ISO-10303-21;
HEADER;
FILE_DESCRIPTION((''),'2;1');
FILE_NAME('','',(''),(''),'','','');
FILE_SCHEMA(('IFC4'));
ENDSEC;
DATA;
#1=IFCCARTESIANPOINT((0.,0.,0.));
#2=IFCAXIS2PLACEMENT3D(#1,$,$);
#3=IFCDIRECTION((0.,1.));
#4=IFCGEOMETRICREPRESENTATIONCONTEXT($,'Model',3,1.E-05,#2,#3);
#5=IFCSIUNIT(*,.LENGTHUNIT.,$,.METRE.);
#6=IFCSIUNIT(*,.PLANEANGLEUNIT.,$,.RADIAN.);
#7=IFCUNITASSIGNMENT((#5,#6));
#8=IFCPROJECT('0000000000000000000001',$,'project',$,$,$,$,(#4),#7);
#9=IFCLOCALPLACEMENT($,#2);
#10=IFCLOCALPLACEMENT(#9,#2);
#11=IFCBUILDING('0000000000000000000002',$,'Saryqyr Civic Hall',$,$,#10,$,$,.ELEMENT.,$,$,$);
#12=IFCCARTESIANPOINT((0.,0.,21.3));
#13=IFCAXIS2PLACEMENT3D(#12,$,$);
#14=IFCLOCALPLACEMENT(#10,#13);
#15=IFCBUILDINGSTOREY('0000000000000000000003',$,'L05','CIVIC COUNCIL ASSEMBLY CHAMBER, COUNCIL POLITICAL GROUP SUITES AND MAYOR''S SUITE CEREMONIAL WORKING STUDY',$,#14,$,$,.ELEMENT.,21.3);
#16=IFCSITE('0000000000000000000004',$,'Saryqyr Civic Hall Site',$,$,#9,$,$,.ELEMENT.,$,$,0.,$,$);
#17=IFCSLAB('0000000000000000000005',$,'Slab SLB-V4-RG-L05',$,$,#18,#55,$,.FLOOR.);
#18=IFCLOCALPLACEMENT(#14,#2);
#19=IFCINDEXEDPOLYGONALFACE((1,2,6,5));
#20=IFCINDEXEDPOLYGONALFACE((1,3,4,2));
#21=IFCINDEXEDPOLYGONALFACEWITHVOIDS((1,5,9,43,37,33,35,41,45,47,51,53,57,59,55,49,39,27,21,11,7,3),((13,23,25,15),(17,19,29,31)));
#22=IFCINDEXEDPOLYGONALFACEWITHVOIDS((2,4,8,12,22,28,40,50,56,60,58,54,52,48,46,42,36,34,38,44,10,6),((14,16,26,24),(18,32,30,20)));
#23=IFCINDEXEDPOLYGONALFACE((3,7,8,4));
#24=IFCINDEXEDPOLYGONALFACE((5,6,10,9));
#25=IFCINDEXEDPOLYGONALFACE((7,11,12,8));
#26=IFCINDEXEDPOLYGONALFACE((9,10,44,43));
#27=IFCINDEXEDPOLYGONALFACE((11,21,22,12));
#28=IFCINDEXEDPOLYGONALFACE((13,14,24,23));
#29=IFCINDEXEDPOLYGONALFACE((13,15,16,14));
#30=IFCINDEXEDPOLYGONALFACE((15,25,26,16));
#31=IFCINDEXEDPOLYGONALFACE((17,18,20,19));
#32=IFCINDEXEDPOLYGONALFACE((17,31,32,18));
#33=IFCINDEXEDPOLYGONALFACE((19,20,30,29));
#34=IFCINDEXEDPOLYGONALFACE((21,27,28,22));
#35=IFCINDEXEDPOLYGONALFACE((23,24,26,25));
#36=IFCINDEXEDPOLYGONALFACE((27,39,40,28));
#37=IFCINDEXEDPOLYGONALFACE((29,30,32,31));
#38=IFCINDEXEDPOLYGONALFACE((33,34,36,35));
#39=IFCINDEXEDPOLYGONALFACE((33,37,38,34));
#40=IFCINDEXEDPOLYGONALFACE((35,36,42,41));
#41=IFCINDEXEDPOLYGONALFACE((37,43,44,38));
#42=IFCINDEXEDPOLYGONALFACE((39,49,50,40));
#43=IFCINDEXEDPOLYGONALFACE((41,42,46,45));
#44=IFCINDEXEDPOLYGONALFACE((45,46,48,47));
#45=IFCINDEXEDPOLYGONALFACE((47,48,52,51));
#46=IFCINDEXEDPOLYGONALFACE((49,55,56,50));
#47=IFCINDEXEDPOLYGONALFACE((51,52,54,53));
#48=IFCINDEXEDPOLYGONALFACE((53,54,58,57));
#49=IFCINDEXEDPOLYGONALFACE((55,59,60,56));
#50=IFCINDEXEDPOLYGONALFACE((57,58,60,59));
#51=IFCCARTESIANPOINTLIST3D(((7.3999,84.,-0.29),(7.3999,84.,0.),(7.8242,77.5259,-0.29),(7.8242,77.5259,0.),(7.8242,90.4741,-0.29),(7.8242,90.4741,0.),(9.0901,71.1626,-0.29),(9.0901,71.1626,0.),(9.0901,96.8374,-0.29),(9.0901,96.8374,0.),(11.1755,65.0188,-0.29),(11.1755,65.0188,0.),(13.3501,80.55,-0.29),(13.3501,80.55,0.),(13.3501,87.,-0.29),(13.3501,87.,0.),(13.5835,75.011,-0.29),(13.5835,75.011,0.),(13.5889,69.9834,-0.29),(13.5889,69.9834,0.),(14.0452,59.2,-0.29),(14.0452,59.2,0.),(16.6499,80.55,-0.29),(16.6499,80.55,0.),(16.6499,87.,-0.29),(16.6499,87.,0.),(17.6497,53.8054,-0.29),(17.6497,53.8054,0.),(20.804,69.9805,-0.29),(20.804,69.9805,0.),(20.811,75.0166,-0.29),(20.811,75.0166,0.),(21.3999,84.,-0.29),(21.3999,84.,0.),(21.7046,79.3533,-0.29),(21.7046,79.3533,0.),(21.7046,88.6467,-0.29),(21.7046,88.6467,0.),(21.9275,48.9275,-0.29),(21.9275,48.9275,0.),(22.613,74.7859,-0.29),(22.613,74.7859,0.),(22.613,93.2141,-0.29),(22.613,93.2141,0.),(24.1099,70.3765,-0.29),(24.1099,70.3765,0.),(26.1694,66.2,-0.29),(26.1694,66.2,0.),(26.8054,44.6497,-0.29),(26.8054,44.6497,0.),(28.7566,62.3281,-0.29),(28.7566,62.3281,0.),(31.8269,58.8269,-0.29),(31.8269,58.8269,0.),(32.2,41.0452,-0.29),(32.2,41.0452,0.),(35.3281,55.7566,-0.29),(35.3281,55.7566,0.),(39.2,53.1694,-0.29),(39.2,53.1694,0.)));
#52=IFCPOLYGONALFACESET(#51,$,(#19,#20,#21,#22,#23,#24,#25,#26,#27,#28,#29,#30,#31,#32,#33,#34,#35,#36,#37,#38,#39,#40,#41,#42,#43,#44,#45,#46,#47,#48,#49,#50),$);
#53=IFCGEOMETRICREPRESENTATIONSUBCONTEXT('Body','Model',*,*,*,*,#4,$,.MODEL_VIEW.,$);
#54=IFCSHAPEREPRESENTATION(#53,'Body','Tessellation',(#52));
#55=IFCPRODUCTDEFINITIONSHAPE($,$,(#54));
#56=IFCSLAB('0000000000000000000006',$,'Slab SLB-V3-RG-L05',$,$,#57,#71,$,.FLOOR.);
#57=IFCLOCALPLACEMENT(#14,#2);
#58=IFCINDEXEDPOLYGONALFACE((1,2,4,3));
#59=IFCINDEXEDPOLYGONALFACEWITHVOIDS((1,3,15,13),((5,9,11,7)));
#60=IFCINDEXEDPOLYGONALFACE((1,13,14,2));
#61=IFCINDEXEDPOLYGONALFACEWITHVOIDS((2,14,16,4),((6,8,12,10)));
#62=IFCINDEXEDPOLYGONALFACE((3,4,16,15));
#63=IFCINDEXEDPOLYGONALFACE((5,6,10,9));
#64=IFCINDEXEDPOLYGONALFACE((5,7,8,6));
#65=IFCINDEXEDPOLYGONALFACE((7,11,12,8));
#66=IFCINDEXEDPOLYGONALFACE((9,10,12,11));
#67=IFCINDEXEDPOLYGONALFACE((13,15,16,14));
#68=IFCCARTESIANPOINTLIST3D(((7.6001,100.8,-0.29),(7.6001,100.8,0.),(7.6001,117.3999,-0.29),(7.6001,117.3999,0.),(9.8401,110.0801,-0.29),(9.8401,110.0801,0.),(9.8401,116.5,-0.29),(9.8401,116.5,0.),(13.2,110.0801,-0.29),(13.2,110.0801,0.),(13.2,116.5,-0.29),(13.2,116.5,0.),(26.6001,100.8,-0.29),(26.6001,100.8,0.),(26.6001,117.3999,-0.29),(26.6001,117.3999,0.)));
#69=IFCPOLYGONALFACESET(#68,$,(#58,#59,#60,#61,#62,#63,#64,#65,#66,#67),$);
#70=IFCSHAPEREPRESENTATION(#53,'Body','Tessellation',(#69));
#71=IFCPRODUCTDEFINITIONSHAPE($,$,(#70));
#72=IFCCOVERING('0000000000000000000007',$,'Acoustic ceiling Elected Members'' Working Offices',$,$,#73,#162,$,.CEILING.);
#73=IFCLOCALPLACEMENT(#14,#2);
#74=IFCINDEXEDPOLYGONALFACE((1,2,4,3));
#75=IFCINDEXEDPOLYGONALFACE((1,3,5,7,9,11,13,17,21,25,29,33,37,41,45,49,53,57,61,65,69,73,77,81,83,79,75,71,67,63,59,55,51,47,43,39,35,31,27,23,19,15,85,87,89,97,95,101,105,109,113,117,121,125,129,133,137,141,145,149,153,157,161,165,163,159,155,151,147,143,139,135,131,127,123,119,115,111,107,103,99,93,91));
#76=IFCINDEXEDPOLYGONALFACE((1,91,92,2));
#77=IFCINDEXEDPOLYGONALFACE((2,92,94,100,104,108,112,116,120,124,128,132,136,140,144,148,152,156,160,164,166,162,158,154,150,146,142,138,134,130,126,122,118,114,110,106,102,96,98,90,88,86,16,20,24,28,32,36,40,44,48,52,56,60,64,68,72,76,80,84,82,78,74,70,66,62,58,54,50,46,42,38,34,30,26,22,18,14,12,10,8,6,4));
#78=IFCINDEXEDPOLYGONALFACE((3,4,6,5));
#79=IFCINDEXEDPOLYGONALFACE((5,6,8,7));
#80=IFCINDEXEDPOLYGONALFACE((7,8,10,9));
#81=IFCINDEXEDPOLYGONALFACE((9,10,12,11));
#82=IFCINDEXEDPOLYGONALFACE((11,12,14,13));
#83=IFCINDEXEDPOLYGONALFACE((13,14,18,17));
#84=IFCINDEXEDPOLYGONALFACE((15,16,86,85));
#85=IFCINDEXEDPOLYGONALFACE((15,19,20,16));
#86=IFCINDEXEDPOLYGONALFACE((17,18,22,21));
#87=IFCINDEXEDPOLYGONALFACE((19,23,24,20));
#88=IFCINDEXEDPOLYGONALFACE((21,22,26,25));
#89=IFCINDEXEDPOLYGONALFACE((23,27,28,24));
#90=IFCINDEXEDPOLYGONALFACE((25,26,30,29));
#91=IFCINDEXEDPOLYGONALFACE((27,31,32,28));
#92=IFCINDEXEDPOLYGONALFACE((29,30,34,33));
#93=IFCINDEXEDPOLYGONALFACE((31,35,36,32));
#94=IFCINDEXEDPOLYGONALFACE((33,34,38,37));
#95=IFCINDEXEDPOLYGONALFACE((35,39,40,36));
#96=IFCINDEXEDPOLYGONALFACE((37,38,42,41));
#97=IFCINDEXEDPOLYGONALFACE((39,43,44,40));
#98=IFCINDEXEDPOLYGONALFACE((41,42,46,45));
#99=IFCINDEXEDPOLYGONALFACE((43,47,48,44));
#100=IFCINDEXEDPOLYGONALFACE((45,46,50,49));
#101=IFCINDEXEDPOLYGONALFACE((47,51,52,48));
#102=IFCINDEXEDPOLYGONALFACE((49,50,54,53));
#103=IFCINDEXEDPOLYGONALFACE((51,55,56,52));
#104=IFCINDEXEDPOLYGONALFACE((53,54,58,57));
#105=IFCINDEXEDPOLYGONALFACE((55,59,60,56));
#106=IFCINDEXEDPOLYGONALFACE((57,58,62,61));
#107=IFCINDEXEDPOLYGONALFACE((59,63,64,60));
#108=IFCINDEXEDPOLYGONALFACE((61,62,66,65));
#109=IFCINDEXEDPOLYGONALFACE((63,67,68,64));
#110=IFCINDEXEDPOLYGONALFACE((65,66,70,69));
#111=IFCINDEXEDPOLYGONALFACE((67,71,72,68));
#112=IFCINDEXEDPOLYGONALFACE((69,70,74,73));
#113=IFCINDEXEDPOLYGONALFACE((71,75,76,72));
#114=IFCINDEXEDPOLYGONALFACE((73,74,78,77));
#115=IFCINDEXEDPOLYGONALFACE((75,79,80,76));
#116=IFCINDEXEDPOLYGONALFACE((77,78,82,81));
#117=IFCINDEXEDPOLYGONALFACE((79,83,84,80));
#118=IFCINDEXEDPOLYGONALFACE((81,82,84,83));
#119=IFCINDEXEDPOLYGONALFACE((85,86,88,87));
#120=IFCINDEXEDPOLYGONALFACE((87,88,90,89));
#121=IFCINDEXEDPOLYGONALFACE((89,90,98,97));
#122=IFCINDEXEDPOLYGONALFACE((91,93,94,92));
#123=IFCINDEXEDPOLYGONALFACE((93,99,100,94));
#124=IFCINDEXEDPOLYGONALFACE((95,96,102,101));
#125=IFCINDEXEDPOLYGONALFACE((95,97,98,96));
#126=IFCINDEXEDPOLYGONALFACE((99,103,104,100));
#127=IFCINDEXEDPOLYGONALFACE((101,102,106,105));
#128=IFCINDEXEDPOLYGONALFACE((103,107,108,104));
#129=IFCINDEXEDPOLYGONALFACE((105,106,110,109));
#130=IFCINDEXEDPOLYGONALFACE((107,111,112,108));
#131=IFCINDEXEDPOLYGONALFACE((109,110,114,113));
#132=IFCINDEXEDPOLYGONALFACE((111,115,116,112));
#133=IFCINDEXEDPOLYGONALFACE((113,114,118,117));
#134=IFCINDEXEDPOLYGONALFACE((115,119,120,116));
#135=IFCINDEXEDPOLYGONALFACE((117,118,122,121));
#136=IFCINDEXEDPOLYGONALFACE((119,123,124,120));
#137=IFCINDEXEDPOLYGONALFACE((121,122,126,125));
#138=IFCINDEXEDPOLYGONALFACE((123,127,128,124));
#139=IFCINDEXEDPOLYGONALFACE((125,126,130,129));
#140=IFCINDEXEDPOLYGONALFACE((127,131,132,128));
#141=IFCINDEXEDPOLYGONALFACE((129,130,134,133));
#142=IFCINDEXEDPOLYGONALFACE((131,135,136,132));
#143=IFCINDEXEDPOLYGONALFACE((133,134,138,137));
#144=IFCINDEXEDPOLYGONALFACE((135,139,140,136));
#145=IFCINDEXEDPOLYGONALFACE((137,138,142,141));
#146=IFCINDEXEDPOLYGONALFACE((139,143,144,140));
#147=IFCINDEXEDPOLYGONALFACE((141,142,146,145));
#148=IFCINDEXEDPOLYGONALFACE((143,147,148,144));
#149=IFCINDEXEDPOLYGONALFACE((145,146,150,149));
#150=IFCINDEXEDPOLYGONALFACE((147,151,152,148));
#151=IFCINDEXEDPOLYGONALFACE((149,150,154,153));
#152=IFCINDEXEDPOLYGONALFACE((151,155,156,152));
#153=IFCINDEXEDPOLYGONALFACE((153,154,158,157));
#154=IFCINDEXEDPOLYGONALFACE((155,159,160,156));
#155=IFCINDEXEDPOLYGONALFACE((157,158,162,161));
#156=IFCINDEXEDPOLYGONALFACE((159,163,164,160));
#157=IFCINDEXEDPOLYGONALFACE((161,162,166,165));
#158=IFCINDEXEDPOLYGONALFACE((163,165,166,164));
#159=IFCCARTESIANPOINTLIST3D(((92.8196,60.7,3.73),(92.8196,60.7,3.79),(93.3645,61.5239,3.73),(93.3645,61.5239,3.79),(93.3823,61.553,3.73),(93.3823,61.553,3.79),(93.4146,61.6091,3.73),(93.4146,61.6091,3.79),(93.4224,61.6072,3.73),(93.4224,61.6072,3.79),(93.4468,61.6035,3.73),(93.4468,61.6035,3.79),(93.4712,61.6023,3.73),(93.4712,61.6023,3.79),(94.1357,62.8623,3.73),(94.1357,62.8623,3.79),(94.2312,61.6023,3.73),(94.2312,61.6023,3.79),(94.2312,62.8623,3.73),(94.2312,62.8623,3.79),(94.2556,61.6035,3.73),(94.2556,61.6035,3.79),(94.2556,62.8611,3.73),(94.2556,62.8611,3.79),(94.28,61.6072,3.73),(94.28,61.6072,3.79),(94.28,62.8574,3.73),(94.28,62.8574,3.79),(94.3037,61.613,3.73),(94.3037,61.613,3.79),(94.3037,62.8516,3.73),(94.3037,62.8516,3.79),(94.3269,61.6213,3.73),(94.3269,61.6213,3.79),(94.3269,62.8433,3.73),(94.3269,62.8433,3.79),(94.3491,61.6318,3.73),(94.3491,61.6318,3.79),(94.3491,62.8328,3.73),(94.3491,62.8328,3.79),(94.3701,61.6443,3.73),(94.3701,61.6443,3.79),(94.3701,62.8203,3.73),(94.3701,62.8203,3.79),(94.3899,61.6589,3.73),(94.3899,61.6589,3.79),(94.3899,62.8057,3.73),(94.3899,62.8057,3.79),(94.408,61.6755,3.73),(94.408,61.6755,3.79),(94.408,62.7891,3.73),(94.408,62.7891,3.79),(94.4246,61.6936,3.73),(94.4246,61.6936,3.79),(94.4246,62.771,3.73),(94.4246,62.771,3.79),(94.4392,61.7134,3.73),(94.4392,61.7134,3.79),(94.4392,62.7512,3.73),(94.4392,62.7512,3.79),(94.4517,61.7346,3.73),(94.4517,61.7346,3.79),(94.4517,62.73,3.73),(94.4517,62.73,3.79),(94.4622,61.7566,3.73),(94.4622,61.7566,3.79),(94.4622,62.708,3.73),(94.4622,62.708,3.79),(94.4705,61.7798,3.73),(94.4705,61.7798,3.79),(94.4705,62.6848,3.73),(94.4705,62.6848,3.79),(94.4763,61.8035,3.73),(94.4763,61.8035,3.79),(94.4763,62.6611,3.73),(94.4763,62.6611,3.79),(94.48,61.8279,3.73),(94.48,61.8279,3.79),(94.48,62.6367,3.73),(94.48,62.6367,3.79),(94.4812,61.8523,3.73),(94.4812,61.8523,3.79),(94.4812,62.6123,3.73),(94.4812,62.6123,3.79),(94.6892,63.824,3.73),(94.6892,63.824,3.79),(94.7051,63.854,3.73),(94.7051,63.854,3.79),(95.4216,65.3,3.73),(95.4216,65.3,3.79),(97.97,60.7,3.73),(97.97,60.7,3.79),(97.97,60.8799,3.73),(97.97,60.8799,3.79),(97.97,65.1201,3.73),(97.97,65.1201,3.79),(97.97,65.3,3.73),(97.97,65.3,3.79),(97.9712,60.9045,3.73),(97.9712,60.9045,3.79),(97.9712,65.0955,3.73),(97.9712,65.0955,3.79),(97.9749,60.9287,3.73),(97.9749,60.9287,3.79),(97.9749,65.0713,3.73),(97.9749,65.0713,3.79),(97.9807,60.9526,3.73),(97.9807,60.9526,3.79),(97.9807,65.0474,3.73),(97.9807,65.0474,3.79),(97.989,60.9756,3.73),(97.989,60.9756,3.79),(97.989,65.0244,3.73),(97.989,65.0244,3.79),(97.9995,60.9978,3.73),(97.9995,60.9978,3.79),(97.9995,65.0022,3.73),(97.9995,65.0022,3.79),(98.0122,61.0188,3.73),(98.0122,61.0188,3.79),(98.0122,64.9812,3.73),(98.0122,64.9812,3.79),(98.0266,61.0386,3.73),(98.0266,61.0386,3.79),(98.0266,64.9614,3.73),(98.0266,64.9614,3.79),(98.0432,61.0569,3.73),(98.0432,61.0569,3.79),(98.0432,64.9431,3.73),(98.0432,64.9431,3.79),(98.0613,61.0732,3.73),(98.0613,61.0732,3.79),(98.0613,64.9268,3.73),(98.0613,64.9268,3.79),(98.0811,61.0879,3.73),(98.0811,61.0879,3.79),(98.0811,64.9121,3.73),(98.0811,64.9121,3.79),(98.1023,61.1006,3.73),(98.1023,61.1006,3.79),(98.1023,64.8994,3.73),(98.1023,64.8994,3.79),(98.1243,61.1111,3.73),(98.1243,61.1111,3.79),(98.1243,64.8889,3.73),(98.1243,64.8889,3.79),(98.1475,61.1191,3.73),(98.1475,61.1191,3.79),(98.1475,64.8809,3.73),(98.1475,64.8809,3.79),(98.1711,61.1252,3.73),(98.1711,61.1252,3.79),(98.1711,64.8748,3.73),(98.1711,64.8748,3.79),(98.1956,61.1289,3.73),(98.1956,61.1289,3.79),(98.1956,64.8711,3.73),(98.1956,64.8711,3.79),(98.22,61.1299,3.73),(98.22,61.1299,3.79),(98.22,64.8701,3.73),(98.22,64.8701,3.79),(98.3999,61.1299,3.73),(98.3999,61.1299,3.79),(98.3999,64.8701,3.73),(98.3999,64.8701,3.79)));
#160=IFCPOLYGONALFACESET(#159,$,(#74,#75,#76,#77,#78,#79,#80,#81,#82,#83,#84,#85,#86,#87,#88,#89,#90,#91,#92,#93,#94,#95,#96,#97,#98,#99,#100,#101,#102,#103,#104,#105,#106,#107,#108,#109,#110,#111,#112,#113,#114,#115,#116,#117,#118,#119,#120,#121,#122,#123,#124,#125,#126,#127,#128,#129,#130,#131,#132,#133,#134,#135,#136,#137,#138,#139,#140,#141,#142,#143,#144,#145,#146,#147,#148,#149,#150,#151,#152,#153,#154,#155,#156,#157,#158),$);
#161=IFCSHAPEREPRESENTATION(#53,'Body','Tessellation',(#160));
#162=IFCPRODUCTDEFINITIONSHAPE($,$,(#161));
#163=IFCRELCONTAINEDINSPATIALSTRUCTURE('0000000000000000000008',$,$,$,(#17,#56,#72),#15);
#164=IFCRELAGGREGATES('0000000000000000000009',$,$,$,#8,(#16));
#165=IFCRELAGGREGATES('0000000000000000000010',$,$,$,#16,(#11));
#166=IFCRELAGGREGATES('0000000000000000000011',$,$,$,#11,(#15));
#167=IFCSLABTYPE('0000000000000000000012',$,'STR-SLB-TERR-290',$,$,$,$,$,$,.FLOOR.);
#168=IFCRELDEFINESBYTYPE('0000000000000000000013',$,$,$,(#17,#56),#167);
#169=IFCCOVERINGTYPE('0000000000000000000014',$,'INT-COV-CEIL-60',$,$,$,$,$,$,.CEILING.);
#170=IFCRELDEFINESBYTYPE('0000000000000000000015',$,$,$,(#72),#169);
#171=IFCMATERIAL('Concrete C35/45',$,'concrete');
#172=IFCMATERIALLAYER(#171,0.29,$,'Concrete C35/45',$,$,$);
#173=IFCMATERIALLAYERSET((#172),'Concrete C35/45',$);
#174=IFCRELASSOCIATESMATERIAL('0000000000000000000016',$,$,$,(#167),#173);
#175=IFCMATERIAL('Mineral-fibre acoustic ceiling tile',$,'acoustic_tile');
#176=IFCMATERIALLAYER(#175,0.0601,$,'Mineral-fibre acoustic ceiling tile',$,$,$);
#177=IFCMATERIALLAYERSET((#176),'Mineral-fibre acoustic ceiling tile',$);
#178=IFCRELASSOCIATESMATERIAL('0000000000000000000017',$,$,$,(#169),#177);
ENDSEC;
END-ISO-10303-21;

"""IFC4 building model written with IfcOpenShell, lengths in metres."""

from ifc_helpers import new_model, si_unit, direction, frame, origin, place, context, subcontext, project, spatial, polyline, outline, extrude, material, layer, layer_set, type_object, element, save


model = new_model("IFC4")

# Units and contexts
model_context = context("Model", 3, precision=1e-05, world=origin(), true_north=direction((0.0, 1.0)))
body_context = subcontext(model_context, "Body", "Model", "MODEL_VIEW")
ifc_project = project(units=[si_unit("LENGTHUNIT", "METRE"), si_unit("PLANEANGLEUNIT", "RADIAN")], contexts=[model_context])

# Site, building, storey
site_placement = place(None, origin())
site = spatial("IfcSite", under=ifc_project, at=site_placement, Name="Saryqyr Civic Hall Site", CompositionType="ELEMENT", RefElevation=0.0)
building_placement = place(site_placement, origin())
building = spatial("IfcBuilding", under=site, at=building_placement, Name="Saryqyr Civic Hall", CompositionType="ELEMENT")
storey_placement = place(building_placement, frame((0.0, 0.0, 21.3)))
storey = spatial("IfcBuildingStorey", under=building, at=storey_placement, Name="L05", Description="CIVIC COUNCIL ASSEMBLY CHAMBER, COUNCIL POLITICAL GROUP SUITES AND MAYOR'S SUITE CEREMONIAL WORKING STUDY", CompositionType="ELEMENT", Elevation=21.3)

# Shared definitions
ifc_material_1 = material(Name="Concrete C35/45", Category="concrete")

# Slabs
ifc_layer_1 = layer(ifc_material_1, 0.29, Name="Concrete C35/45")
ifc_layer_set_1 = layer_set([ifc_layer_1], Name="Concrete C35/45")
slab_type_1 = type_object("IfcSlabType", Name="STR-SLB-TERR-290", PredefinedType="FLOOR", material=ifc_layer_set_1)
slab_1_placement = place(storey_placement, frame((0.0, 0.0, -0.29)))
element("IfcSlab", 1, at=slab_1_placement, inside=storey, type_object=slab_type_1, Name="Slab SLB-V4-RG-L05", PredefinedType="FLOOR", context=body_context, shape_type="SweptSolid", body=[
    extrude(outline(polyline([(39.2, 53.1694), (32.2, 41.0452), (26.8054, 44.6497), (21.9275, 48.9275), (17.6497, 53.8054), (14.0452, 59.2), (11.1755, 65.0188), (9.0901, 71.1626), (7.8242, 77.5259), (7.3999, 84.0), (7.8242, 90.4741), (9.0901, 96.8374), (22.613, 93.2141), (21.7046, 88.6467), (21.3999, 84.0), (21.7046, 79.3533), (22.613, 74.7859), (24.1099, 70.3765), (26.1694, 66.2), (28.7566, 62.3281), (31.8269, 58.8269), (35.3281, 55.7566), (39.2, 53.1694)]), holes=[polyline([(20.804, 69.9805), (20.811, 75.0166), (13.5835, 75.011), (13.5889, 69.9834), (20.804, 69.9805)]), polyline([(13.3501, 87.0), (13.3501, 80.55), (16.6499, 80.55), (16.6499, 87.0), (13.3501, 87.0)])]), origin(), (0.0, 0.0, 1.0), 0.29),
])
slab_2_placement = place(storey_placement, frame((0.0, 0.0, -0.29)))
element("IfcSlab", 2, at=slab_2_placement, inside=storey, type_object=slab_type_1, Name="Slab SLB-V3-RG-L05", PredefinedType="FLOOR", context=body_context, shape_type="SweptSolid", body=[
    extrude(outline(polyline([(7.6001, 117.3999), (26.6001, 117.3999), (26.6001, 100.8), (7.6001, 100.8), (7.6001, 117.3999)]), holes=[polyline([(9.8401, 116.5), (9.8401, 110.0801), (13.2, 110.0801), (13.2, 116.5), (9.8401, 116.5)])]), origin(), (0.0, 0.0, 1.0), 0.29),
])

# Covering
ifc_material_2 = material(Name="Mineral-fibre acoustic ceiling tile", Category="acoustic_tile")
ifc_layer_2 = layer(ifc_material_2, 0.0601, Name="Mineral-fibre acoustic ceiling tile")
ifc_layer_set_2 = layer_set([ifc_layer_2], Name="Mineral-fibre acoustic ceiling tile")
covering_type_1 = type_object("IfcCoveringType", Name="INT-COV-CEIL-60", PredefinedType="CEILING", material=ifc_layer_set_2)
covering_1_placement = place(storey_placement, frame((0.0, 0.0, 3.73)))
element("IfcCovering", 3, at=covering_1_placement, inside=storey, type_object=covering_type_1, Name="Acoustic ceiling Elected Members' Working Offices", PredefinedType="CEILING", context=body_context, shape_type="SweptSolid", body=[
    extrude(outline(polyline([(93.3645, 61.5239), (93.3823, 61.553), (93.4146, 61.6091), (93.4224, 61.6072), (93.4468, 61.6035), (93.4712, 61.6023), (94.2312, 61.6023), (94.2556, 61.6035), (94.28, 61.6072), (94.3037, 61.613), (94.3269, 61.6213), (94.3491, 61.6318), (94.3701, 61.6443), (94.3899, 61.6589), (94.408, 61.6755), (94.4246, 61.6936), (94.4392, 61.7134), (94.4517, 61.7346), (94.4622, 61.7566), (94.4705, 61.7798), (94.4763, 61.8035), (94.48, 61.8279), (94.4812, 61.8523), (94.4812, 62.6123), (94.48, 62.6367), (94.4763, 62.6611), (94.4705, 62.6848), (94.4622, 62.708), (94.4517, 62.73), (94.4392, 62.7512), (94.4246, 62.771), (94.408, 62.7891), (94.3899, 62.8057), (94.3701, 62.8203), (94.3491, 62.8328), (94.3269, 62.8433), (94.3037, 62.8516), (94.28, 62.8574), (94.2556, 62.8611), (94.2312, 62.8623), (94.1357, 62.8623), (94.6892, 63.824), (94.7051, 63.854), (95.4216, 65.3), (97.97, 65.3), (97.97, 65.1201), (97.9712, 65.0955), (97.9749, 65.0713), (97.9807, 65.0474), (97.989, 65.0244), (97.9995, 65.0022), (98.0122, 64.9812), (98.0266, 64.9614), (98.0432, 64.9431), (98.0613, 64.9268), (98.0811, 64.9121), (98.1023, 64.8994), (98.1243, 64.8889), (98.1475, 64.8809), (98.1711, 64.8748), (98.1956, 64.8711), (98.22, 64.8701), (98.3999, 64.8701), (98.3999, 61.1299), (98.22, 61.1299), (98.1956, 61.1289), (98.1711, 61.1252), (98.1475, 61.1191), (98.1243, 61.1111), (98.1023, 61.1006), (98.0811, 61.0879), (98.0613, 61.0732), (98.0432, 61.0569), (98.0266, 61.0386), (98.0122, 61.0188), (97.9995, 60.9978), (97.989, 60.9756), (97.9807, 60.9526), (97.9749, 60.9287), (97.9712, 60.9045), (97.97, 60.8799), (97.97, 60.7), (92.8196, 60.7), (93.3645, 61.5239)])), origin(), (0.0, 0.0, 1.0), 0.0601),
])

save(model, "model.ifc")
